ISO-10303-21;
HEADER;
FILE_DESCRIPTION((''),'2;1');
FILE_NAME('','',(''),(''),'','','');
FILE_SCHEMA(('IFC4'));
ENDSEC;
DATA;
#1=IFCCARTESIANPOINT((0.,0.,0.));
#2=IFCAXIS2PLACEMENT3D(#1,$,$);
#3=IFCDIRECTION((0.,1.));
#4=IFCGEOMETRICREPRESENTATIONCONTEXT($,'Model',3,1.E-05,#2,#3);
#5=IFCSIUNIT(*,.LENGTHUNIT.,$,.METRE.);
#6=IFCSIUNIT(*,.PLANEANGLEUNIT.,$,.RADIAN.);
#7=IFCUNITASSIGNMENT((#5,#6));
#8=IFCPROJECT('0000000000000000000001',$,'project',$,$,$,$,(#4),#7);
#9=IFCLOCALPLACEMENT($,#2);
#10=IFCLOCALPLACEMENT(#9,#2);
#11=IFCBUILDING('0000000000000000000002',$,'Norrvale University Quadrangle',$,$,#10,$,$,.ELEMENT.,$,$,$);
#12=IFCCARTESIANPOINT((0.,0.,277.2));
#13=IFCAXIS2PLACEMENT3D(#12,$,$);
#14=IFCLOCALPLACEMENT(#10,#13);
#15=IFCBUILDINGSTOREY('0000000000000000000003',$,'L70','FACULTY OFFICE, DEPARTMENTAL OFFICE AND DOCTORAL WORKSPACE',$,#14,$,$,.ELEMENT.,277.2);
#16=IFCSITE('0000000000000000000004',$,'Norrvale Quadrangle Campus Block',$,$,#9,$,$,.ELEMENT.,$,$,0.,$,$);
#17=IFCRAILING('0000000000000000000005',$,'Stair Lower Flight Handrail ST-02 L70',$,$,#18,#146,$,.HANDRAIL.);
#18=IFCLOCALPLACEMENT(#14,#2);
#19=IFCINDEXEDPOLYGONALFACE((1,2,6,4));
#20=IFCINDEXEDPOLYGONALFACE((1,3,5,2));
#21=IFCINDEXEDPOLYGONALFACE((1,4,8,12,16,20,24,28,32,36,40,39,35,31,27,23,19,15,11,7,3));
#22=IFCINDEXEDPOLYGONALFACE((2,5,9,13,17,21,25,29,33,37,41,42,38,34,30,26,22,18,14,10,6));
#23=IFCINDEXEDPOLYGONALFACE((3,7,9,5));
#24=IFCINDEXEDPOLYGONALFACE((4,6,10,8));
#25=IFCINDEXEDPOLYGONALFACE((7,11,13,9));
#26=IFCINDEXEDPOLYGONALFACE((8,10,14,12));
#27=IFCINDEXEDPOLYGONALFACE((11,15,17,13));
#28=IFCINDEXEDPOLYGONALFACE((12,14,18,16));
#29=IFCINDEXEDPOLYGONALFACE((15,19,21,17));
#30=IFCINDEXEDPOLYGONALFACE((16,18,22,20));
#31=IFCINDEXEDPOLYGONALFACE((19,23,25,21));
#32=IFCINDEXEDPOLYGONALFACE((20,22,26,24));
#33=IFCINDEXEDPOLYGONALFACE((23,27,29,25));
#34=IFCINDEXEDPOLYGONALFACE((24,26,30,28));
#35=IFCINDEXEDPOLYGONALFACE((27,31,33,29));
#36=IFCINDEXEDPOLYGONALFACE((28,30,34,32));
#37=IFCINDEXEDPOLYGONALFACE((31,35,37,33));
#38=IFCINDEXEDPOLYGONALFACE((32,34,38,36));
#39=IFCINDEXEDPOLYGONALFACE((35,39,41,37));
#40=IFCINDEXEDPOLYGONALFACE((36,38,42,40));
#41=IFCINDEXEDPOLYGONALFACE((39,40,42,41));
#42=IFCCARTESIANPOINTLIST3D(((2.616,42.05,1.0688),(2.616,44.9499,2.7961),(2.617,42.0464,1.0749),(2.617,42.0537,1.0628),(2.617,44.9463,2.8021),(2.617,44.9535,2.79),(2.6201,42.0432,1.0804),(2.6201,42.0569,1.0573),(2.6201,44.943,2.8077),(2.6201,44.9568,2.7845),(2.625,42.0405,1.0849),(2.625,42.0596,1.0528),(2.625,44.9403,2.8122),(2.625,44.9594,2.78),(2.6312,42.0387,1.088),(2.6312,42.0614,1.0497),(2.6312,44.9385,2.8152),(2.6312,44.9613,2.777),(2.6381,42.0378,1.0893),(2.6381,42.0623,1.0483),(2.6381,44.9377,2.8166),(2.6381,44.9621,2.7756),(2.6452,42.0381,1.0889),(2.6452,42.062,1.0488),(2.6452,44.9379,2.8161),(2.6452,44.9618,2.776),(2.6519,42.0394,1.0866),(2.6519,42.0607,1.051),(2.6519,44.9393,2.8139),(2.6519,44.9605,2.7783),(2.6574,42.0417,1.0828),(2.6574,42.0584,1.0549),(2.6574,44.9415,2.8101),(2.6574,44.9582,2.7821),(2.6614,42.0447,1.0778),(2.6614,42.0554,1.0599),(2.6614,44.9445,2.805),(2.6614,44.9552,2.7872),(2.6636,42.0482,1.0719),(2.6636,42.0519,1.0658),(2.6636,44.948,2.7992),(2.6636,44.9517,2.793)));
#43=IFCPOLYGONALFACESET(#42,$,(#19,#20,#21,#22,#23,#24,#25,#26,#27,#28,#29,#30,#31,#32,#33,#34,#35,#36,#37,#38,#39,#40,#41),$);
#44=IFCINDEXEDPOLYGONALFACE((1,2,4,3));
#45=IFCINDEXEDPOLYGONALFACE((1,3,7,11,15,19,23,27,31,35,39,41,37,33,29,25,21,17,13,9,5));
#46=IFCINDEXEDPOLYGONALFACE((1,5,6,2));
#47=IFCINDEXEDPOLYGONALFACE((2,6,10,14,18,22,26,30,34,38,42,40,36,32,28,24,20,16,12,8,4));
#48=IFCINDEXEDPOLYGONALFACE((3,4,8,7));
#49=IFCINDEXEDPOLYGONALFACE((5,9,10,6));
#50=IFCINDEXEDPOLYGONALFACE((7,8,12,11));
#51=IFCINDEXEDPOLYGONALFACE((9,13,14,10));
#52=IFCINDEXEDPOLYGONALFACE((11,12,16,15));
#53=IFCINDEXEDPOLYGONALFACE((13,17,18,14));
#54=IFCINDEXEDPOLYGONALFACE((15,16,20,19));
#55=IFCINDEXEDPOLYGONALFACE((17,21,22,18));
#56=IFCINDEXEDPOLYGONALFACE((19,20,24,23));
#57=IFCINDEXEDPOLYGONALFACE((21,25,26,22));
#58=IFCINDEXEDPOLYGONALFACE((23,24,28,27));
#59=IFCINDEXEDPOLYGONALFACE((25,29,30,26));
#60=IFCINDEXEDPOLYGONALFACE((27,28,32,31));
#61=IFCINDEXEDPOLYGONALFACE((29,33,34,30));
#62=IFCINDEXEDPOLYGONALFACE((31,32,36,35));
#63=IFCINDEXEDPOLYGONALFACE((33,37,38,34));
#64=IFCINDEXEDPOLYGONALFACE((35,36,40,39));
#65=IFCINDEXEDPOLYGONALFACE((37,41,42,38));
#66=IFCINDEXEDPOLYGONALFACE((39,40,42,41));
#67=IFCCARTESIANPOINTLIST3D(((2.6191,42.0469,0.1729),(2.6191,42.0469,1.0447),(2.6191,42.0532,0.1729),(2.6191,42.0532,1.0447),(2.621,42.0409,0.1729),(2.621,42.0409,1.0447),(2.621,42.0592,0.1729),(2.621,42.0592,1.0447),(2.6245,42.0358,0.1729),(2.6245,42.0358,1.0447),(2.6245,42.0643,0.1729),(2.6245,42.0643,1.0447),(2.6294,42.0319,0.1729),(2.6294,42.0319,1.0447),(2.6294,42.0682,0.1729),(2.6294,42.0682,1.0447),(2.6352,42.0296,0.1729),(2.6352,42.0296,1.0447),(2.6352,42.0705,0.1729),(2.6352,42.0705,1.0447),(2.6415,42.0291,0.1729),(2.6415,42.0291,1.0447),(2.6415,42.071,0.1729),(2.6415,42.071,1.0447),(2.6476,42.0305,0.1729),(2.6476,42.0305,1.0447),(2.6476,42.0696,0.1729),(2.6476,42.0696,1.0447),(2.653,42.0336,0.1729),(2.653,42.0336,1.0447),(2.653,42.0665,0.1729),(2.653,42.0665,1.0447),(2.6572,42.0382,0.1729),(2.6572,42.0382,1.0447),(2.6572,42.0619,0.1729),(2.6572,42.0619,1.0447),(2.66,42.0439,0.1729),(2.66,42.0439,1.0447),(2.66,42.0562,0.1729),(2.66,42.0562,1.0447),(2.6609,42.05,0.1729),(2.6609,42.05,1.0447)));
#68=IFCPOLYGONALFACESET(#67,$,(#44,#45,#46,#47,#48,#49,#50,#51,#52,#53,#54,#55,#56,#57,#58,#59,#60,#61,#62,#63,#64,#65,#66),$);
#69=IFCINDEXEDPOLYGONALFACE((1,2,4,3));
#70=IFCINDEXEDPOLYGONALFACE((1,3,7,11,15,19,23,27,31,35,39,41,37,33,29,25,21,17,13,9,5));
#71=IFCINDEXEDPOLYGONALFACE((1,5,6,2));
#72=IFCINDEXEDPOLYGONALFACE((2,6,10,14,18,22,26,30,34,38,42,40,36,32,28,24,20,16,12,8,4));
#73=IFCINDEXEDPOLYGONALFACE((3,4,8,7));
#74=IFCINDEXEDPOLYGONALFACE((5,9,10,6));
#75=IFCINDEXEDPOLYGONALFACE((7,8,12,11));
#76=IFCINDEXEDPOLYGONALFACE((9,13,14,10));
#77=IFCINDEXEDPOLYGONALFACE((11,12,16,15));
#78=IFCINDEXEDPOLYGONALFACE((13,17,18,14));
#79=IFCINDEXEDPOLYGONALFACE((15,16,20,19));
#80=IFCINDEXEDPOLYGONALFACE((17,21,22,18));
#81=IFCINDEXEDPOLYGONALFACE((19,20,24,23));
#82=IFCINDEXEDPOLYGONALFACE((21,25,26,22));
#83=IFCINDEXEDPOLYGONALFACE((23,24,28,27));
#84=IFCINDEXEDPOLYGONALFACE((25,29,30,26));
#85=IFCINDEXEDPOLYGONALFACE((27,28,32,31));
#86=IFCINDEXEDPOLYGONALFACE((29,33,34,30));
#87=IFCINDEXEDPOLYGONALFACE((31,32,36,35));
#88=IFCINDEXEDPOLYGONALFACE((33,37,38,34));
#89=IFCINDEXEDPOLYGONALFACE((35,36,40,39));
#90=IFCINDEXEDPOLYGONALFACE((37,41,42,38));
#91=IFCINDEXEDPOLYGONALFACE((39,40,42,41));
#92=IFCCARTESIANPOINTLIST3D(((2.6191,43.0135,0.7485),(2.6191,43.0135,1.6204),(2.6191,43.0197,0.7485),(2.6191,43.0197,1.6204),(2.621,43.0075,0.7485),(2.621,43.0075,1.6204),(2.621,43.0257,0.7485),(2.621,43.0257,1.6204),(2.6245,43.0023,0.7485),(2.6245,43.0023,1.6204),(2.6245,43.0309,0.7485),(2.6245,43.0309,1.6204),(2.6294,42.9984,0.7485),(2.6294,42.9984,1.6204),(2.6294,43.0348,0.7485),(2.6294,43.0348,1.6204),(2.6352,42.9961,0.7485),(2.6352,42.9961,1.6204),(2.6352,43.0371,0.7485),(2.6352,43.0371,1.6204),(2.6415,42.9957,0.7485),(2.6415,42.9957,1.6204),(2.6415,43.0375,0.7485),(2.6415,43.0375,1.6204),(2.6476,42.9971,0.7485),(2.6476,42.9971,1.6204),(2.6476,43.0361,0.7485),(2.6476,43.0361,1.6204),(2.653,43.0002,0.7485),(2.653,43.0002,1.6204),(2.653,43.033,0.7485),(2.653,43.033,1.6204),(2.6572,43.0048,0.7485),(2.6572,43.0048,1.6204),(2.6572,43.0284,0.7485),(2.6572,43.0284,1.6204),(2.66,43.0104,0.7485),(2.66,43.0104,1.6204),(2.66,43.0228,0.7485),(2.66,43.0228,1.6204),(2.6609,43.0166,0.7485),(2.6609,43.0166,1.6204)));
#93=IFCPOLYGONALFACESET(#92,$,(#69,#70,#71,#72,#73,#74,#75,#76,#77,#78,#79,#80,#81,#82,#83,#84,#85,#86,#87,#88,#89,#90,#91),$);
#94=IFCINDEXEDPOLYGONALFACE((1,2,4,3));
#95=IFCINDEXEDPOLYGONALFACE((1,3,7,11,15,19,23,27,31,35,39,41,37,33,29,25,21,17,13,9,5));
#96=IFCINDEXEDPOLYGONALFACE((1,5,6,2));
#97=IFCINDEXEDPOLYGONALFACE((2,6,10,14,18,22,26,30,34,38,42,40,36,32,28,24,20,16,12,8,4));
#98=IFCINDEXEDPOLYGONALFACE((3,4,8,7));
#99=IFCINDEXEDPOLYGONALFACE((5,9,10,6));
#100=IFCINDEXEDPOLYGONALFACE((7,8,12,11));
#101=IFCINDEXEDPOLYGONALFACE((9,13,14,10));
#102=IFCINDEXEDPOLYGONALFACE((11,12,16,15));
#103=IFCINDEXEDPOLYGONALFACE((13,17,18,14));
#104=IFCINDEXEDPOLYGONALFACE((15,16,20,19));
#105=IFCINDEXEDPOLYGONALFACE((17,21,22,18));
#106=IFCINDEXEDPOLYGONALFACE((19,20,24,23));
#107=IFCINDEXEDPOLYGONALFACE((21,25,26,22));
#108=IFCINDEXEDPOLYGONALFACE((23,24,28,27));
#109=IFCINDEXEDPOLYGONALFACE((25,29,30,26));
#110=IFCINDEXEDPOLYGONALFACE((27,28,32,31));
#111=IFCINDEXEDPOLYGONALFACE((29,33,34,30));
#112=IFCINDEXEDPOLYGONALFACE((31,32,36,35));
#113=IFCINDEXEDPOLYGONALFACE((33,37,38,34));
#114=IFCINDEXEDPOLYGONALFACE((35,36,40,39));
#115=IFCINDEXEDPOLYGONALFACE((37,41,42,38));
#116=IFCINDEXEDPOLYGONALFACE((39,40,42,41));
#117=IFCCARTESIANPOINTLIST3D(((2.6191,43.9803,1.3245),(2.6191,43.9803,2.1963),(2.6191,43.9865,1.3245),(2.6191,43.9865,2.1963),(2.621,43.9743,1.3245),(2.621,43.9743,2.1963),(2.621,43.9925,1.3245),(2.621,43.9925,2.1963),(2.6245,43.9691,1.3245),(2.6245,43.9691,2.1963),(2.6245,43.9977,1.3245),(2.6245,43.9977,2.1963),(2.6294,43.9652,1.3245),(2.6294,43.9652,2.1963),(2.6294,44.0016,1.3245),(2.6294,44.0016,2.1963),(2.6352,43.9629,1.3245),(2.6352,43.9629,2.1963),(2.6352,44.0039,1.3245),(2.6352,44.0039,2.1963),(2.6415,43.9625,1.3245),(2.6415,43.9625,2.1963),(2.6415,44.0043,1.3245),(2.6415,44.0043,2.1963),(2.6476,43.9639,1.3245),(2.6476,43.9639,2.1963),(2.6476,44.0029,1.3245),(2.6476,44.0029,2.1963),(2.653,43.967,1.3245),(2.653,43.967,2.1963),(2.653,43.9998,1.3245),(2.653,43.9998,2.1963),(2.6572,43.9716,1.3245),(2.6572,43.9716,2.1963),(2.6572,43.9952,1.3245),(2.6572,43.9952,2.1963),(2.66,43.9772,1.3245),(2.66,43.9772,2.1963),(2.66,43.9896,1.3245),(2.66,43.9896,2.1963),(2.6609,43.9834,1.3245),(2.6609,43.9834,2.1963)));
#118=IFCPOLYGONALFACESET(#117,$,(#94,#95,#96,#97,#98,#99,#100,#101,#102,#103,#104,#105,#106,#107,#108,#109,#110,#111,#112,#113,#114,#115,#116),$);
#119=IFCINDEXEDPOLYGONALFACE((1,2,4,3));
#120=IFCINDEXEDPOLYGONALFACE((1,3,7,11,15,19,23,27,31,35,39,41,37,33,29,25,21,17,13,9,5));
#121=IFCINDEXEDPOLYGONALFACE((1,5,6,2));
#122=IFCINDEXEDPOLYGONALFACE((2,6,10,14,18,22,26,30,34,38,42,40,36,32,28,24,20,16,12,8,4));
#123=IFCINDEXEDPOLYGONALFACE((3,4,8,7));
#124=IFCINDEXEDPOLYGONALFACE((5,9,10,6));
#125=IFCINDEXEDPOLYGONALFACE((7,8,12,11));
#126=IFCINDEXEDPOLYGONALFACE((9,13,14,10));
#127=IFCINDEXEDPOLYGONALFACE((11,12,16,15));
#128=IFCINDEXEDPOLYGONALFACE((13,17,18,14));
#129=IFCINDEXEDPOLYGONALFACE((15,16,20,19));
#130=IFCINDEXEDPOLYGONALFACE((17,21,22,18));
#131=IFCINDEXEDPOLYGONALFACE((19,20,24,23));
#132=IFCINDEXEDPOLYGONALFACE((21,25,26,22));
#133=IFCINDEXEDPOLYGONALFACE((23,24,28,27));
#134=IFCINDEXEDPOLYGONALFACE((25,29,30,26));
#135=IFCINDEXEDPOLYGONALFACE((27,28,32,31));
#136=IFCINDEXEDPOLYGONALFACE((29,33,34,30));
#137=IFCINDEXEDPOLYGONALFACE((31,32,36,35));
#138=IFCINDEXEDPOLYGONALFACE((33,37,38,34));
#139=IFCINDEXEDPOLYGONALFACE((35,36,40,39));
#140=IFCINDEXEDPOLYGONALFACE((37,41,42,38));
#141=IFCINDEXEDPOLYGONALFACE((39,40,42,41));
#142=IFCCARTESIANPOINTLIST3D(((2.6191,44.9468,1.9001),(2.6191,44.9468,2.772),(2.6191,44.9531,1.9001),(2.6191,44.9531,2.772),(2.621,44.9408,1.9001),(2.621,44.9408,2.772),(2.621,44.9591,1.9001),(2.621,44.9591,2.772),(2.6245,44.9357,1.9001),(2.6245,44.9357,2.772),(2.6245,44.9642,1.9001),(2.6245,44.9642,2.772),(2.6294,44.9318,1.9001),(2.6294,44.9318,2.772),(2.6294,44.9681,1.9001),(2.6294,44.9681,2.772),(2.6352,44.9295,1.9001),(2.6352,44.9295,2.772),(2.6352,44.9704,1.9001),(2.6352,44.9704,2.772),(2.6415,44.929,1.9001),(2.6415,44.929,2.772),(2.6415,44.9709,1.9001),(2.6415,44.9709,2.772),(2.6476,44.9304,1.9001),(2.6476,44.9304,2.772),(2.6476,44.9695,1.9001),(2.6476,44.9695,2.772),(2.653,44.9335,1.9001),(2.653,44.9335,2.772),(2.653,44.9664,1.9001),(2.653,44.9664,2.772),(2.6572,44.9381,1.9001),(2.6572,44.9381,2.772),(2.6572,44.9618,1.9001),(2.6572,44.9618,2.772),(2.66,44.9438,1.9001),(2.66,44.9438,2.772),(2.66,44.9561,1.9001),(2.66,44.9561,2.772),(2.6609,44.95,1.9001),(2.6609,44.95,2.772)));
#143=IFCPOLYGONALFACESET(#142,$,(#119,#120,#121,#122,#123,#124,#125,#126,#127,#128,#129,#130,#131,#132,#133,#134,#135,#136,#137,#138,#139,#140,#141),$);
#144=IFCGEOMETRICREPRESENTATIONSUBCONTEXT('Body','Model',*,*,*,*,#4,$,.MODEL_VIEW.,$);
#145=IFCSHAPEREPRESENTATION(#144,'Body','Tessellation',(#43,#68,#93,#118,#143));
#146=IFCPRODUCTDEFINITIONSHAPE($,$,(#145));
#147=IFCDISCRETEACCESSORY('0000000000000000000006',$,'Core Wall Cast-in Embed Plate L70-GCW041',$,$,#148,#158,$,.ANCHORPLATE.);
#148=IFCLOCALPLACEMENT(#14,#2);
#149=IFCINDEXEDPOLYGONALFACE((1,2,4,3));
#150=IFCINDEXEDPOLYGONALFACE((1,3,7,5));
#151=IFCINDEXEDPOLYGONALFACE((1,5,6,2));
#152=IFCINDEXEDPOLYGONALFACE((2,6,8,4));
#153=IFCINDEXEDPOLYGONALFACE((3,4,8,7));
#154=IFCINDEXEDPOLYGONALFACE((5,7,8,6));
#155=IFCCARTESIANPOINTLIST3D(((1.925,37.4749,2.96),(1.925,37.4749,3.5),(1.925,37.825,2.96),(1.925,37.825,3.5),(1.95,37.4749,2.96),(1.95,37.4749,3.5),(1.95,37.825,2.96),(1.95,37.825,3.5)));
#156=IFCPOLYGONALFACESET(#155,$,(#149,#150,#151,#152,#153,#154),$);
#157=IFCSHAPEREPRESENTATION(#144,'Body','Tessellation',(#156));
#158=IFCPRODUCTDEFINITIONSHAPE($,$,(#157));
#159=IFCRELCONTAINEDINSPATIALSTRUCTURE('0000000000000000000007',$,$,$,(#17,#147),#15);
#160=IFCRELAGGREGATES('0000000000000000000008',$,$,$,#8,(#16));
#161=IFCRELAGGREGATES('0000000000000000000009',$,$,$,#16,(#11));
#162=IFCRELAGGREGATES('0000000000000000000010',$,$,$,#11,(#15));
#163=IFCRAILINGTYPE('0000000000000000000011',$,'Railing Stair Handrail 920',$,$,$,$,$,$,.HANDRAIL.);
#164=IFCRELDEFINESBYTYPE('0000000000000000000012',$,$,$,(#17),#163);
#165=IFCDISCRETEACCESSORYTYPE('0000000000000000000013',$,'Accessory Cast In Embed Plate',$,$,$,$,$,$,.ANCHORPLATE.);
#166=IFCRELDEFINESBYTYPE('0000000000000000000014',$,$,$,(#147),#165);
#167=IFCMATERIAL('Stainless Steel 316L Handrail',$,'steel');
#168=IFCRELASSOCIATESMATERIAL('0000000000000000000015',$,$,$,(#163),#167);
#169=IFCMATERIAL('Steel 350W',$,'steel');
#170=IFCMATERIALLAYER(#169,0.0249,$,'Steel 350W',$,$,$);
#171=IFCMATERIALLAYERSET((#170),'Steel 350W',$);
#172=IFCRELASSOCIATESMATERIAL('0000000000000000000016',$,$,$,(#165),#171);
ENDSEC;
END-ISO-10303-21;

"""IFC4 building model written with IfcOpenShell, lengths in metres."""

from ifc_helpers import new_model, si_unit, direction, frame, origin, origin_2d, place, context, subcontext, project, spatial, rectangle, circle, extrude, material, layer, layer_set, type_object, element, save


model = new_model("IFC4")

# Units and contexts
model_context = context("Model", 3, precision=1e-05, world=origin(), true_north=direction((0.0, 1.0)))
body_context = subcontext(model_context, "Body", "Model", "MODEL_VIEW")
ifc_project = project(units=[si_unit("LENGTHUNIT", "METRE"), si_unit("PLANEANGLEUNIT", "RADIAN")], contexts=[model_context])

# Site, building, storey
site_placement = place(None, origin())
site = spatial("IfcSite", under=ifc_project, at=site_placement, Name="Norrvale Quadrangle Campus Block", CompositionType="ELEMENT", RefElevation=0.0)
building_placement = place(site_placement, origin())
building = spatial("IfcBuilding", under=site, at=building_placement, Name="Norrvale University Quadrangle", CompositionType="ELEMENT")
storey_placement = place(building_placement, frame((0.0, 0.0, 277.2)))
storey = spatial("IfcBuildingStorey", under=building, at=storey_placement, Name="L70", Description="FACULTY OFFICE, DEPARTMENTAL OFFICE AND DOCTORAL WORKSPACE", CompositionType="ELEMENT", Elevation=277.2)

# Shared definitions
ifc_material_1 = material(Name="Steel 350W", Category="steel")

# Railing
ifc_material_2 = material(Name="Stainless Steel 316L Handrail", Category="steel")
railing_type_1 = type_object("IfcRailingType", Name="Railing Stair Handrail 920", PredefinedType="HANDRAIL", material=ifc_material_2)
railing_1_placement = place(storey_placement, frame((2.6399, 42.05, 0.1729)))
element("IfcRailing", 1, at=railing_1_placement, inside=storey, type_object=railing_type_1, Name="Stair Lower Flight Handrail ST-02 L70", PredefinedType="HANDRAIL", context=body_context, shape_type="SweptSolid", body=[
    extrude(circle(Radius=0.0239, at=origin_2d()), frame((0.0, 0.0, 0.896), z_axis=(0.0, 0.859141, 0.511738), x_axis=(-1.0, 0.0, 0.0)), (0.0, 0.0, 1.0), 3.3752),
    extrude(circle(Radius=0.021, at=origin_2d()), origin(), (0.0, 0.0, 1.0), 0.8718),
    extrude(circle(Radius=0.021, at=origin_2d()), frame((0.0, 0.9666, 0.5757)), (0.0, 0.0, 1.0), 0.8718),
    extrude(circle(Radius=0.021, at=origin_2d()), frame((0.0, 1.9333, 1.1516)), (0.0, 0.0, 1.0), 0.8718),
    extrude(circle(Radius=0.021, at=origin_2d()), frame((0.0, 2.8999, 1.7273)), (0.0, 0.0, 1.0), 0.8718),
])

# Discrete accessory
ifc_layer_1 = layer(ifc_material_1, 0.0249, Name="Steel 350W")
ifc_layer_set_1 = layer_set([ifc_layer_1], Name="Steel 350W")
discrete_accessory_type = type_object("IfcDiscreteAccessoryType", Name="Accessory Cast In Embed Plate", PredefinedType="ANCHORPLATE", material=ifc_layer_set_1)
discrete_accessory_placement = place(storey_placement, frame((1.9375, 37.6499, 2.96), z_axis=(0.0, 0.0, 1.0), x_axis=(1.0, 0.0, 0.0)))
element("IfcDiscreteAccessory", 2, at=discrete_accessory_placement, inside=storey, type_object=discrete_accessory_type, Name="Core Wall Cast-in Embed Plate L70-GCW041", PredefinedType="ANCHORPLATE", context=body_context, shape_type="SweptSolid", body=[
    extrude(rectangle(XDim=0.0249, YDim=0.3501, at=origin_2d()), origin(), (0.0, 0.0, 1.0), 0.54),
])

save(model, "model.ifc")
